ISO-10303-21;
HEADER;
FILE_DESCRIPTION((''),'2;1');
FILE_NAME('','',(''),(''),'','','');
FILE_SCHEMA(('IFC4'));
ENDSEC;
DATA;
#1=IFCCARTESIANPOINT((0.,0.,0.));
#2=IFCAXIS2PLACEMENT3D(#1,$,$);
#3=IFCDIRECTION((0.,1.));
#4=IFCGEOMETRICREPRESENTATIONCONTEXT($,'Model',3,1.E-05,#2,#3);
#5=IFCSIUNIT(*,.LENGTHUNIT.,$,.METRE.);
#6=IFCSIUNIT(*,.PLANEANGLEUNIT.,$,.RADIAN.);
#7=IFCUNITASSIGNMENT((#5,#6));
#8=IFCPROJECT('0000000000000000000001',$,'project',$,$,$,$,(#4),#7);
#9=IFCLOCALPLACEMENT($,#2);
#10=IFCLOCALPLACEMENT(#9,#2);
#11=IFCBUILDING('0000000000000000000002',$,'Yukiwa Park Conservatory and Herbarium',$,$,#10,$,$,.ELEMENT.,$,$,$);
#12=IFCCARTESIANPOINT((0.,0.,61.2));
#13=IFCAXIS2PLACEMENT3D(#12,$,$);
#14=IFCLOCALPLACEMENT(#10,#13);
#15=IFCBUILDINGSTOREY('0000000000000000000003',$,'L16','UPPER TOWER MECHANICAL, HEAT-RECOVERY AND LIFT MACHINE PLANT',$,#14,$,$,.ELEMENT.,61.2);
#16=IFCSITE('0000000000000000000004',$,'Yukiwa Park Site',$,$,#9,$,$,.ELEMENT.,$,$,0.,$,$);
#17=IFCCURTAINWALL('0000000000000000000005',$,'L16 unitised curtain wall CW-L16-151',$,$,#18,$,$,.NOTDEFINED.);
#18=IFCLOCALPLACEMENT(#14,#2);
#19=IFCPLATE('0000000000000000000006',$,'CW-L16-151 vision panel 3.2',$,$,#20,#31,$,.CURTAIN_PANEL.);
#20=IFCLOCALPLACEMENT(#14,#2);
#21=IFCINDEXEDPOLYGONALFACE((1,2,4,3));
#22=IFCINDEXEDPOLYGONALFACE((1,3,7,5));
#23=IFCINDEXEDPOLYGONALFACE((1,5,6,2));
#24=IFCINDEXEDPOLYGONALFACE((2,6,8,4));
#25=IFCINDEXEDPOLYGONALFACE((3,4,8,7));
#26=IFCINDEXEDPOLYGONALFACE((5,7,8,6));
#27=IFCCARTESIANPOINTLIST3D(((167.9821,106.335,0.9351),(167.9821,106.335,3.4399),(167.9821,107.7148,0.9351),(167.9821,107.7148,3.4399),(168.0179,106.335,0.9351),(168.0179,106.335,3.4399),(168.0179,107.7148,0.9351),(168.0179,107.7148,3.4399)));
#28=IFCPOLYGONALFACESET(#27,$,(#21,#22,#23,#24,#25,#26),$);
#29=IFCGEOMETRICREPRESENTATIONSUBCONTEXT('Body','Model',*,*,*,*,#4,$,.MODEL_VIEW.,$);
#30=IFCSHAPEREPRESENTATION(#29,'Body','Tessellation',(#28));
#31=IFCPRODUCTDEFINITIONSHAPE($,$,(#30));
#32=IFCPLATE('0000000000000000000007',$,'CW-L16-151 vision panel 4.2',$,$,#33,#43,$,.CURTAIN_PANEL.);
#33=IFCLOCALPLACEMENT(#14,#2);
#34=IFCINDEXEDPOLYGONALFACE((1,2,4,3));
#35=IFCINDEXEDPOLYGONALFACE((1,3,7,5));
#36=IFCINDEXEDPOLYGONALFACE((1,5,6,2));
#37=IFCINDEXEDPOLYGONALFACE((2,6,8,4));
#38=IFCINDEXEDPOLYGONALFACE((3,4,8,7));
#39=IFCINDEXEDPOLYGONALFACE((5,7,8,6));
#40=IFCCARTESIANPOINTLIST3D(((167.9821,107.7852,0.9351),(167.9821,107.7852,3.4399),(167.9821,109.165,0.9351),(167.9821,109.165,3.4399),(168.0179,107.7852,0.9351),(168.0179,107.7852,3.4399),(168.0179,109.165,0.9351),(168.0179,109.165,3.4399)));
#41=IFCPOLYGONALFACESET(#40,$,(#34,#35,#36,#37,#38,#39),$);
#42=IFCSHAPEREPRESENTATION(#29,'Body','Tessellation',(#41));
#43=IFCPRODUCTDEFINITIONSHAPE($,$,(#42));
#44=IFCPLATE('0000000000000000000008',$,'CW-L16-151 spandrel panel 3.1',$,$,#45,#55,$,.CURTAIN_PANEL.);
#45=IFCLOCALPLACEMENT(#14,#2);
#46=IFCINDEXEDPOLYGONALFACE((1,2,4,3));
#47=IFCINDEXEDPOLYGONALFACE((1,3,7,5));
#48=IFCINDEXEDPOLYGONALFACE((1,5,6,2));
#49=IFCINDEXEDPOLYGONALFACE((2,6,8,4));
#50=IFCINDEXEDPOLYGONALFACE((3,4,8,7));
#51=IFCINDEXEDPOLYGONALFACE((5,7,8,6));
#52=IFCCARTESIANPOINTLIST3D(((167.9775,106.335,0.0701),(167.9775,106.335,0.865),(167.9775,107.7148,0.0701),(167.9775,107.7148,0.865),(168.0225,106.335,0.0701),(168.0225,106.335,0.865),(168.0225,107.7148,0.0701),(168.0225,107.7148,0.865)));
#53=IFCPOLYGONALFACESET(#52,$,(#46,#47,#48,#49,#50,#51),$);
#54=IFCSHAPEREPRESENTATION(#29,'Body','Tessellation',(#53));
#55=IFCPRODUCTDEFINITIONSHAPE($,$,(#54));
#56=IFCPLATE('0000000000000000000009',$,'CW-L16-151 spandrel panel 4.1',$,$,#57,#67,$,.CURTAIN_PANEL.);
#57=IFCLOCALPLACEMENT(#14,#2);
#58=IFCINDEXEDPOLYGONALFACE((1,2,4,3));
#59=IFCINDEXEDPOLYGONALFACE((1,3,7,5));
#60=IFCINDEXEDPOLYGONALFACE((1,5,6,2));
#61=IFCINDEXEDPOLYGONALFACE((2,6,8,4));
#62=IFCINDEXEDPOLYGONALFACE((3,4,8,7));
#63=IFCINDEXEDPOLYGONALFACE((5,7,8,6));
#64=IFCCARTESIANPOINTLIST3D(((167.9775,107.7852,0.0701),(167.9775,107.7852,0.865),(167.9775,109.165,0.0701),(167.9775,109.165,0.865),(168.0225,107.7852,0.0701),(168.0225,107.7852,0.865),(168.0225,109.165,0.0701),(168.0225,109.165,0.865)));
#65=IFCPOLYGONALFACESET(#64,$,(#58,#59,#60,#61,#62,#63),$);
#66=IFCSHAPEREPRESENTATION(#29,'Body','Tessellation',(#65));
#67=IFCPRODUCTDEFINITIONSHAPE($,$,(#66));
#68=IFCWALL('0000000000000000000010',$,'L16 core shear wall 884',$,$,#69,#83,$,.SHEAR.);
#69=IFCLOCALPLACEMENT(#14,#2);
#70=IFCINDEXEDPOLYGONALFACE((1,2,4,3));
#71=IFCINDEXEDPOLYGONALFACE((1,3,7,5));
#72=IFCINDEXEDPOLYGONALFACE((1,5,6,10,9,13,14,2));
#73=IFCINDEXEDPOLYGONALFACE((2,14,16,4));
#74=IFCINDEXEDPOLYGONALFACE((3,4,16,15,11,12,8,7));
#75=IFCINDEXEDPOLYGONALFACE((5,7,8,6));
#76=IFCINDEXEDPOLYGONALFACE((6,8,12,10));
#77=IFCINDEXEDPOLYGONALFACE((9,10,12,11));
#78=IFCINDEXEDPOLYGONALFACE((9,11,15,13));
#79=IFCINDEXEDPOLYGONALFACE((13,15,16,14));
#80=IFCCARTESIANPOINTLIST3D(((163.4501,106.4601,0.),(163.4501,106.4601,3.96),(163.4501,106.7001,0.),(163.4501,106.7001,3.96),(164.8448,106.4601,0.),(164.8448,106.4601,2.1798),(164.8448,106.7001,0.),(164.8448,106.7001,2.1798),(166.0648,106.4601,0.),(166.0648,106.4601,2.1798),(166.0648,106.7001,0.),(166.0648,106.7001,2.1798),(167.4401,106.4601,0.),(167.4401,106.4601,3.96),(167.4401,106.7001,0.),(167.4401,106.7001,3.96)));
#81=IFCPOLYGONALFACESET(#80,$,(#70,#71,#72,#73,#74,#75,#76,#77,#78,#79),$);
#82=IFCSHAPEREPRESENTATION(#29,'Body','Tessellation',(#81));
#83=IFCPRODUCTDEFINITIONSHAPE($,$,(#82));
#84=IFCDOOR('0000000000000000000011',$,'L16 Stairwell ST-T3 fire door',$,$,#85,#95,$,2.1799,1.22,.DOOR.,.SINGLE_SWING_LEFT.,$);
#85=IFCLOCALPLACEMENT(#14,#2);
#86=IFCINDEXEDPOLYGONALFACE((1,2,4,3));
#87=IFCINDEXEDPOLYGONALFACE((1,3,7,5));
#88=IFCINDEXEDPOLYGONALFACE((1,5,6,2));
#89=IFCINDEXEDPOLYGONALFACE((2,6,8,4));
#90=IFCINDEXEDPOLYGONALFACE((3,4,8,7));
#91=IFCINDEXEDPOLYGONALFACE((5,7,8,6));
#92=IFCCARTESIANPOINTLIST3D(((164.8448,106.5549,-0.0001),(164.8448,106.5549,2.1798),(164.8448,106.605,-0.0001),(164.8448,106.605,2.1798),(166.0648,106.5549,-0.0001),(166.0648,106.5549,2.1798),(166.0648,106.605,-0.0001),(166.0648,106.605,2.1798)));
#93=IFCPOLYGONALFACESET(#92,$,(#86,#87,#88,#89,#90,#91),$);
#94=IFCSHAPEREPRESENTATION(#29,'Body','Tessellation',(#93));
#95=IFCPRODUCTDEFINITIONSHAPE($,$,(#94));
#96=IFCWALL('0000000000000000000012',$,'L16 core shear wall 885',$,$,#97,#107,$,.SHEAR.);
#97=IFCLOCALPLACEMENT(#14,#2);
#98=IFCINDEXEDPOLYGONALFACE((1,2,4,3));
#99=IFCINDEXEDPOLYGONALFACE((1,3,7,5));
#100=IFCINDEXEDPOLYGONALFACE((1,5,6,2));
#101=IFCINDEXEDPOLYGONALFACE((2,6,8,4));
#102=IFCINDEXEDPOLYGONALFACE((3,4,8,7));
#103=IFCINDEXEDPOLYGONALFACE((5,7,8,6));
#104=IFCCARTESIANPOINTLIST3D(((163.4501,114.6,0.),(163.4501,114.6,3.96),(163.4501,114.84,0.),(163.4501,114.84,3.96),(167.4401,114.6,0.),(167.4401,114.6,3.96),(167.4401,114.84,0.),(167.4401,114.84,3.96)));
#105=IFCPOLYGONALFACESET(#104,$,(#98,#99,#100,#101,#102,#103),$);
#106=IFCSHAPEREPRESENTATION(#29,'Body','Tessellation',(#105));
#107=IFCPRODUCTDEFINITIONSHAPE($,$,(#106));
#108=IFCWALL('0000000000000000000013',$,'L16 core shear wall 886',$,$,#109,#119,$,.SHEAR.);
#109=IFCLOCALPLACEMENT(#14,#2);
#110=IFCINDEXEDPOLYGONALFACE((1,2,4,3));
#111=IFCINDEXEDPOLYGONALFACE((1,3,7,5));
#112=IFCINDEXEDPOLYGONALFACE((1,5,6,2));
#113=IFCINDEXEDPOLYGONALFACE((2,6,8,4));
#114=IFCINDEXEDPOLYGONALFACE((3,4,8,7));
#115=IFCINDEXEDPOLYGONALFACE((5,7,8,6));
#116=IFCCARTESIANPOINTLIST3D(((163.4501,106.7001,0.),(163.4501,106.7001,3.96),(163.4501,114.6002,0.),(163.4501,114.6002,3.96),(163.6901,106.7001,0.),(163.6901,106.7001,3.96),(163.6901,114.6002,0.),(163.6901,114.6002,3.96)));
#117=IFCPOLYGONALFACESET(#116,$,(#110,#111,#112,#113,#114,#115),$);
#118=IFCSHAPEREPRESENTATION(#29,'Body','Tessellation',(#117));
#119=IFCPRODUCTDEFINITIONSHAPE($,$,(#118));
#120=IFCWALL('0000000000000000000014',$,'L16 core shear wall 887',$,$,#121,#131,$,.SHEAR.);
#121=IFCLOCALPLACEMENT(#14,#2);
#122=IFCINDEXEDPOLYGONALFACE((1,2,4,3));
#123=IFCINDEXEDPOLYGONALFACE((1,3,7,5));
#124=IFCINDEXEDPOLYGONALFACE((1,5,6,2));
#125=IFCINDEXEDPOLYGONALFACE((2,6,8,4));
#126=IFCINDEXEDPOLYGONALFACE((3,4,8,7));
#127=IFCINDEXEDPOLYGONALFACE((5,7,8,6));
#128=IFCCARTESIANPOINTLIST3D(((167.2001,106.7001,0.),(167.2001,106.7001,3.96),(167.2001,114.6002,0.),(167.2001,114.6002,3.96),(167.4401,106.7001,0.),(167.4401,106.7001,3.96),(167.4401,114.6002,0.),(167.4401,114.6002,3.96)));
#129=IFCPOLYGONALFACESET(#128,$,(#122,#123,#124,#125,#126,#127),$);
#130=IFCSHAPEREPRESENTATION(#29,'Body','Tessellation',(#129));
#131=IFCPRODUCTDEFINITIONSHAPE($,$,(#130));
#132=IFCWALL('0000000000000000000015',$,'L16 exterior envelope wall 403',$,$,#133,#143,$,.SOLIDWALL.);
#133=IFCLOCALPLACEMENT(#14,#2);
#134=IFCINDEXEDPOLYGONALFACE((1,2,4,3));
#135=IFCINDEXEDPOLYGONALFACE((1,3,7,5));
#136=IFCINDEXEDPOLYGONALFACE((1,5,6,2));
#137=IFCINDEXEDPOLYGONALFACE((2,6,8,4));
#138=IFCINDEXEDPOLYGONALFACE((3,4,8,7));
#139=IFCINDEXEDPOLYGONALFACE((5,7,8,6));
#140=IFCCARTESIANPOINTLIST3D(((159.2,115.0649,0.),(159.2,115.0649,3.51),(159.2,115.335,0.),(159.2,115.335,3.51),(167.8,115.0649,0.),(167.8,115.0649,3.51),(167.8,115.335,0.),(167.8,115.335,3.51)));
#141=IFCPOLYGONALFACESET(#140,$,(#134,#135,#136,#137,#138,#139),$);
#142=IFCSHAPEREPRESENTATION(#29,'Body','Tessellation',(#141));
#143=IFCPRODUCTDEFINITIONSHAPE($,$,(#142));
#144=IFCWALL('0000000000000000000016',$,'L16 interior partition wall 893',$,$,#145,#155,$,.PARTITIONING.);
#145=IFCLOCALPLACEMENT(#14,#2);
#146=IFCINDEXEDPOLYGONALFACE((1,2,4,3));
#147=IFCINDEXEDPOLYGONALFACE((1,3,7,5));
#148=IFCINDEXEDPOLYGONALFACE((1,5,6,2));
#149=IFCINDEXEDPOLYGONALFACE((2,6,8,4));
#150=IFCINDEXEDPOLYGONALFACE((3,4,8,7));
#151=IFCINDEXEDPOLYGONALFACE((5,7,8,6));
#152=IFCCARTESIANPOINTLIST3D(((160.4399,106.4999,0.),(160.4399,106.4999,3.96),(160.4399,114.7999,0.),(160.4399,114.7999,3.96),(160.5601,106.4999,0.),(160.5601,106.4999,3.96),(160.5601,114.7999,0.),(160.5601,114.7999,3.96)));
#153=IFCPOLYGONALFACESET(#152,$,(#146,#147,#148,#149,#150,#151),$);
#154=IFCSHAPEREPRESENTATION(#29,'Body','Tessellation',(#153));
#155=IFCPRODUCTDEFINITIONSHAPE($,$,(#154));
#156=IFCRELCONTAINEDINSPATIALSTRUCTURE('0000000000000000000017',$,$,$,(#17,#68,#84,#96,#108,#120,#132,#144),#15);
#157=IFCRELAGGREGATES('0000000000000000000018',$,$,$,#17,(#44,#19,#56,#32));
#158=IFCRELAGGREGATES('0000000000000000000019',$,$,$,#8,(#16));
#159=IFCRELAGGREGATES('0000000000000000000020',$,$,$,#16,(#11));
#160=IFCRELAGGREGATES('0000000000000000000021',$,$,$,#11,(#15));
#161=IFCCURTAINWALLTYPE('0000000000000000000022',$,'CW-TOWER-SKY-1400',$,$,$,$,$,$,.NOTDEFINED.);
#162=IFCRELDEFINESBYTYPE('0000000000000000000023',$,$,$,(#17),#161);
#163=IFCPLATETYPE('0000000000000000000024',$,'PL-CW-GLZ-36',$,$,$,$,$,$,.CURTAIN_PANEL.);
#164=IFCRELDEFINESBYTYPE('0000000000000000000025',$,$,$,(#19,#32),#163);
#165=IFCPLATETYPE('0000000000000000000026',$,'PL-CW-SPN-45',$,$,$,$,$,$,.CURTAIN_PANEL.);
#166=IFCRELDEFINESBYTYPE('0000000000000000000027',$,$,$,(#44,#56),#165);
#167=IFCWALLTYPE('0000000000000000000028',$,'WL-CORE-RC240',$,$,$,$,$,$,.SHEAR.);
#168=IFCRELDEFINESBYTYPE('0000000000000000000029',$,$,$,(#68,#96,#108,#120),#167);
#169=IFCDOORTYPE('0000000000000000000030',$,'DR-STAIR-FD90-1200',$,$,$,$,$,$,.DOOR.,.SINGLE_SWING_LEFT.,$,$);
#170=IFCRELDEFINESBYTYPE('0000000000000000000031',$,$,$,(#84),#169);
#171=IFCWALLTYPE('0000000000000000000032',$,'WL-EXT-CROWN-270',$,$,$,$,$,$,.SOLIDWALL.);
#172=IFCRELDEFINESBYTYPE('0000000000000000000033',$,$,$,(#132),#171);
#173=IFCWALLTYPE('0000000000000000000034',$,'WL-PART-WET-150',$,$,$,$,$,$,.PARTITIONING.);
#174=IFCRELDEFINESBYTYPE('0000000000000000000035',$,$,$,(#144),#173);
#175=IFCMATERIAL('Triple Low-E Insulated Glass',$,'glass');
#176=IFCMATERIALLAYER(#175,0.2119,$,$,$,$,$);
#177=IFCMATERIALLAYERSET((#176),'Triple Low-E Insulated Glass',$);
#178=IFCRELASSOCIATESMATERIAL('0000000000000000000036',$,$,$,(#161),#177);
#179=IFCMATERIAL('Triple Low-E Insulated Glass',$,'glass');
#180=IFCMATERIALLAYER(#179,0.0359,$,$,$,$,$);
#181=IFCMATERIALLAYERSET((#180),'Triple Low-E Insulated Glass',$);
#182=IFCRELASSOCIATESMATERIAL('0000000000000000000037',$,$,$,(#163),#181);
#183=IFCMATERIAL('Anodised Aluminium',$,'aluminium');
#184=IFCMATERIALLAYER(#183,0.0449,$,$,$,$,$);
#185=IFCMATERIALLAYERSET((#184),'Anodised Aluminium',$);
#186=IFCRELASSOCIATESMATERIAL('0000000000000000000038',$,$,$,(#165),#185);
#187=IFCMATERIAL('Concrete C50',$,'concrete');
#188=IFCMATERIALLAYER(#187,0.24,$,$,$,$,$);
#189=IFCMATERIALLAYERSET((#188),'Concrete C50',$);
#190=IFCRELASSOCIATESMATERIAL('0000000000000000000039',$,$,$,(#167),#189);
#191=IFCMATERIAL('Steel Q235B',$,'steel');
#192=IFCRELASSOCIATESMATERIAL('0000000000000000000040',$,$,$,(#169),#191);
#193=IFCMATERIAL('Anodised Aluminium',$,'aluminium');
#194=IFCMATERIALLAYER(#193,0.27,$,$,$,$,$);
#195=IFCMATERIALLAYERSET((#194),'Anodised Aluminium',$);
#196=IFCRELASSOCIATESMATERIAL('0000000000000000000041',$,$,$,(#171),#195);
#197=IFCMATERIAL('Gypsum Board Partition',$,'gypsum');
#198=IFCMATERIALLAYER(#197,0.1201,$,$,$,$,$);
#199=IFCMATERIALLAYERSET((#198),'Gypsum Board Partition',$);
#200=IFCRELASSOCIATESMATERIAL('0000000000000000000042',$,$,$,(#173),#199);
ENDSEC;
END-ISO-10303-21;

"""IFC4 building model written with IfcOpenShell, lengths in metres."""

from ifc_helpers import new_model, si_unit, direction, frame, frame_2d, origin, origin_2d, place, context, subcontext, project, spatial, rectangle, extrude, material, layer, layer_set, type_object, element, fill, aggregate, save


model = new_model("IFC4")

# Units and contexts
model_context = context("Model", 3, precision=1e-05, world=origin(), true_north=direction((0.0, 1.0)))
body_context = subcontext(model_context, "Body", "Model", "MODEL_VIEW")
ifc_project = project(units=[si_unit("LENGTHUNIT", "METRE"), si_unit("PLANEANGLEUNIT", "RADIAN")], contexts=[model_context])

# Site, building, storey
site_placement = place(None, origin())
site = spatial("IfcSite", under=ifc_project, at=site_placement, Name="Yukiwa Park Site", CompositionType="ELEMENT", RefElevation=0.0)
building_placement = place(site_placement, origin())
building = spatial("IfcBuilding", under=site, at=building_placement, Name="Yukiwa Park Conservatory and Herbarium", CompositionType="ELEMENT")
storey_placement = place(building_placement, frame((0.0, 0.0, 61.2)))
storey = spatial("IfcBuildingStorey", under=building, at=storey_placement, Name="L16", Description="UPPER TOWER MECHANICAL, HEAT-RECOVERY AND LIFT MACHINE PLANT", CompositionType="ELEMENT", Elevation=61.2)

# Curtain wall, plates
ifc_material_1 = material(Name="Triple Low-E Insulated Glass", Category="glass")
ifc_layer_1 = layer(ifc_material_1, 0.2119)
ifc_layer_set_1 = layer_set([ifc_layer_1], Name="Triple Low-E Insulated Glass")
curtain_wall_type = type_object("IfcCurtainWallType", Name="CW-TOWER-SKY-1400", PredefinedType="NOTDEFINED", material=ifc_layer_set_1)
curtain_wall_placement = place(storey_placement, origin())
curtain_wall = element("IfcCurtainWall", 1, at=curtain_wall_placement, inside=storey, type_object=curtain_wall_type, Name="L16 unitised curtain wall CW-L16-151", PredefinedType="NOTDEFINED")
ifc_material_2 = material(Name="Triple Low-E Insulated Glass", Category="glass")
ifc_layer_2 = layer(ifc_material_2, 0.0359)
ifc_layer_set_2 = layer_set([ifc_layer_2], Name="Triple Low-E Insulated Glass")
plate_type_1 = type_object("IfcPlateType", Name="PL-CW-GLZ-36", PredefinedType="CURTAIN_PANEL", material=ifc_layer_set_2)
plate_1_placement = place(storey_placement, frame((168.0, 107.0249, 0.9351), z_axis=(0.0, 0.0, 1.0), x_axis=(0.0, 1.0, 0.0)))
plate_1 = element("IfcPlate", 2, at=plate_1_placement, type_object=plate_type_1, Name="CW-L16-151 vision panel 3.2", PredefinedType="CURTAIN_PANEL", context=body_context, shape_type="SweptSolid", body=[
    extrude(rectangle(XDim=1.3799, YDim=0.0359, at=origin_2d()), origin(), (0.0, 0.0, 1.0), 2.5049),
])
plate_2_placement = place(storey_placement, frame((168.0, 108.4751, 0.9351), z_axis=(0.0, 0.0, 1.0), x_axis=(0.0, 1.0, 0.0)))
plate_2 = element("IfcPlate", 3, at=plate_2_placement, type_object=plate_type_1, Name="CW-L16-151 vision panel 4.2", PredefinedType="CURTAIN_PANEL", context=body_context, shape_type="SweptSolid", body=[
    extrude(rectangle(XDim=1.3799, YDim=0.0359, at=origin_2d()), origin(), (0.0, 0.0, 1.0), 2.5049),
])
ifc_material_3 = material(Name="Anodised Aluminium", Category="aluminium")
ifc_layer_3 = layer(ifc_material_3, 0.0449)
ifc_layer_set_3 = layer_set([ifc_layer_3], Name="Anodised Aluminium")
plate_type_2 = type_object("IfcPlateType", Name="PL-CW-SPN-45", PredefinedType="CURTAIN_PANEL", material=ifc_layer_set_3)
plate_3_placement = place(storey_placement, frame((168.0, 107.0249, 0.0701), z_axis=(0.0, 0.0, 1.0), x_axis=(0.0, 1.0, 0.0)))
plate_3 = element("IfcPlate", 4, at=plate_3_placement, type_object=plate_type_2, Name="CW-L16-151 spandrel panel 3.1", PredefinedType="CURTAIN_PANEL", context=body_context, shape_type="SweptSolid", body=[
    extrude(rectangle(XDim=1.3799, YDim=0.0449, at=origin_2d()), origin(), (0.0, 0.0, 1.0), 0.7949),
])
plate_4_placement = place(storey_placement, frame((168.0, 108.4751, 0.0701), z_axis=(0.0, 0.0, 1.0), x_axis=(0.0, 1.0, 0.0)))
plate_4 = element("IfcPlate", 5, at=plate_4_placement, type_object=plate_type_2, Name="CW-L16-151 spandrel panel 4.1", PredefinedType="CURTAIN_PANEL", context=body_context, shape_type="SweptSolid", body=[
    extrude(rectangle(XDim=1.3799, YDim=0.0449, at=origin_2d()), origin(), (0.0, 0.0, 1.0), 0.7949),
])
aggregate(curtain_wall, [plate_3, plate_1, plate_4, plate_2])

# Wall, opening, door
ifc_material_4 = material(Name="Concrete C50", Category="concrete")
ifc_layer_4 = layer(ifc_material_4, 0.24)
ifc_layer_set_4 = layer_set([ifc_layer_4], Name="Concrete C50")
wall_type_1 = type_object("IfcWallType", Name="WL-CORE-RC240", PredefinedType="SHEAR", material=ifc_layer_set_4)
wall_1_placement = place(storey_placement, frame((163.45, 106.5801, 0.0), z_axis=(0.0, 0.0, 1.0), x_axis=(1.0, 0.0, 0.0)))
wall_1 = element("IfcWall", 6, at=wall_1_placement, inside=storey, type_object=wall_type_1, Name="L16 core shear wall 884", PredefinedType="SHEAR", context=body_context, shape_type="SweptSolid", body=[
    extrude(rectangle(XDim=3.99, YDim=0.24, at=frame_2d((1.9951, 0.0))), origin(), (0.0, 0.0, 1.0), 3.96),
])
opening_placement = place(wall_1_placement, frame((1.395, 0.0, 0.0)))
opening = element("IfcOpeningElement", 7, at=opening_placement, cuts=wall_1, PredefinedType="OPENING", context=body_context, shape_type="SweptSolid", body=[
    extrude(rectangle(XDim=1.22, YDim=2.1799, at=frame_2d((0.6099, 1.0898))), frame((0.0, 0.1299, 0.0), z_axis=(0.0, -1.0, 0.0), x_axis=(1.0, 0.0, 0.0)), (0.0, 0.0, 1.0), 0.26),
])
ifc_material_5 = material(Name="Steel Q235B", Category="steel")
door_type = type_object("IfcDoorType", Name="DR-STAIR-FD90-1200", OperationType="SINGLE_SWING_LEFT", PredefinedType="DOOR", material=ifc_material_5)
door_placement = place(opening_placement, origin())
door = element("IfcDoor", 8, at=door_placement, inside=storey, type_object=door_type, Name="L16 Stairwell ST-T3 fire door", OperationType="SINGLE_SWING_LEFT", OverallHeight=2.1799, OverallWidth=1.22, PredefinedType="DOOR", context=body_context, shape_type="SweptSolid", body=[
    extrude(rectangle(XDim=1.22, YDim=2.1799, at=frame_2d((0.6099, 1.0898))), frame((0.0, 0.0249, 0.0), z_axis=(0.0, -1.0, 0.0), x_axis=(1.0, 0.0, 0.0)), (0.0, 0.0, 1.0), 0.05),
])
fill(opening, door)

# Walls
wall_2_placement = place(storey_placement, frame((163.45, 114.72, 0.0), z_axis=(0.0, 0.0, 1.0), x_axis=(1.0, 0.0, 0.0)))
element("IfcWall", 9, at=wall_2_placement, inside=storey, type_object=wall_type_1, Name="L16 core shear wall 885", PredefinedType="SHEAR", context=body_context, shape_type="SweptSolid", body=[
    extrude(rectangle(XDim=3.99, YDim=0.24, at=frame_2d((1.9951, 0.0))), origin(), (0.0, 0.0, 1.0), 3.96),
])
for number, where, z_axis, x_axis, name in (
    (10, (163.5701, 106.7, 0.0), (0.0, 0.0, 1.0), (0.0, 1.0, 0.0), "L16 core shear wall 886"),
    (11, (167.3201, 106.7, 0.0), (0.0, 0.0, 1.0), (0.0, 1.0, 0.0), "L16 core shear wall 887"),
):
    element("IfcWall", number, at=place(storey_placement, frame(where, z_axis=z_axis, x_axis=x_axis)), inside=storey, type_object=wall_type_1, Name=name, PredefinedType="SHEAR", context=body_context, shape_type="SweptSolid", body=[
        extrude(rectangle(XDim=7.9001, YDim=0.24, at=frame_2d((3.9502, 0.0))), origin(), (0.0, 0.0, 1.0), 3.96),
    ])
ifc_material_6 = material(Name="Anodised Aluminium", Category="aluminium")
ifc_layer_5 = layer(ifc_material_6, 0.27)
ifc_layer_set_5 = layer_set([ifc_layer_5], Name="Anodised Aluminium")
wall_type_2 = type_object("IfcWallType", Name="WL-EXT-CROWN-270", PredefinedType="SOLIDWALL", material=ifc_layer_set_5)
wall_3_placement = place(storey_placement, frame((167.8, 115.2, 0.0), z_axis=(0.0, 0.0, 1.0), x_axis=(-1.0, 0.0, 0.0)))
element("IfcWall", 12, at=wall_3_placement, inside=storey, type_object=wall_type_2, Name="L16 exterior envelope wall 403", PredefinedType="SOLIDWALL", context=body_context, shape_type="SweptSolid", body=[
    extrude(rectangle(XDim=8.6001, YDim=0.27, at=frame_2d((4.3, 0.0))), origin(), (0.0, 0.0, 1.0), 3.51),
])
ifc_material_7 = material(Name="Gypsum Board Partition", Category="gypsum")
ifc_layer_6 = layer(ifc_material_7, 0.1201)
ifc_layer_set_6 = layer_set([ifc_layer_6], Name="Gypsum Board Partition")
wall_type_3 = type_object("IfcWallType", Name="WL-PART-WET-150", PredefinedType="PARTITIONING", material=ifc_layer_set_6)
wall_4_placement = place(storey_placement, frame((160.5, 106.5, 0.0), z_axis=(0.0, 0.0, 1.0), x_axis=(0.0, 1.0, 0.0)))
element("IfcWall", 13, at=wall_4_placement, inside=storey, type_object=wall_type_3, Name="L16 interior partition wall 893", PredefinedType="PARTITIONING", context=body_context, shape_type="SweptSolid", body=[
    extrude(rectangle(XDim=8.3, YDim=0.1201, at=frame_2d((4.1499, 0.0))), origin(), (0.0, 0.0, 1.0), 3.96),
])

save(model, "model.ifc")
